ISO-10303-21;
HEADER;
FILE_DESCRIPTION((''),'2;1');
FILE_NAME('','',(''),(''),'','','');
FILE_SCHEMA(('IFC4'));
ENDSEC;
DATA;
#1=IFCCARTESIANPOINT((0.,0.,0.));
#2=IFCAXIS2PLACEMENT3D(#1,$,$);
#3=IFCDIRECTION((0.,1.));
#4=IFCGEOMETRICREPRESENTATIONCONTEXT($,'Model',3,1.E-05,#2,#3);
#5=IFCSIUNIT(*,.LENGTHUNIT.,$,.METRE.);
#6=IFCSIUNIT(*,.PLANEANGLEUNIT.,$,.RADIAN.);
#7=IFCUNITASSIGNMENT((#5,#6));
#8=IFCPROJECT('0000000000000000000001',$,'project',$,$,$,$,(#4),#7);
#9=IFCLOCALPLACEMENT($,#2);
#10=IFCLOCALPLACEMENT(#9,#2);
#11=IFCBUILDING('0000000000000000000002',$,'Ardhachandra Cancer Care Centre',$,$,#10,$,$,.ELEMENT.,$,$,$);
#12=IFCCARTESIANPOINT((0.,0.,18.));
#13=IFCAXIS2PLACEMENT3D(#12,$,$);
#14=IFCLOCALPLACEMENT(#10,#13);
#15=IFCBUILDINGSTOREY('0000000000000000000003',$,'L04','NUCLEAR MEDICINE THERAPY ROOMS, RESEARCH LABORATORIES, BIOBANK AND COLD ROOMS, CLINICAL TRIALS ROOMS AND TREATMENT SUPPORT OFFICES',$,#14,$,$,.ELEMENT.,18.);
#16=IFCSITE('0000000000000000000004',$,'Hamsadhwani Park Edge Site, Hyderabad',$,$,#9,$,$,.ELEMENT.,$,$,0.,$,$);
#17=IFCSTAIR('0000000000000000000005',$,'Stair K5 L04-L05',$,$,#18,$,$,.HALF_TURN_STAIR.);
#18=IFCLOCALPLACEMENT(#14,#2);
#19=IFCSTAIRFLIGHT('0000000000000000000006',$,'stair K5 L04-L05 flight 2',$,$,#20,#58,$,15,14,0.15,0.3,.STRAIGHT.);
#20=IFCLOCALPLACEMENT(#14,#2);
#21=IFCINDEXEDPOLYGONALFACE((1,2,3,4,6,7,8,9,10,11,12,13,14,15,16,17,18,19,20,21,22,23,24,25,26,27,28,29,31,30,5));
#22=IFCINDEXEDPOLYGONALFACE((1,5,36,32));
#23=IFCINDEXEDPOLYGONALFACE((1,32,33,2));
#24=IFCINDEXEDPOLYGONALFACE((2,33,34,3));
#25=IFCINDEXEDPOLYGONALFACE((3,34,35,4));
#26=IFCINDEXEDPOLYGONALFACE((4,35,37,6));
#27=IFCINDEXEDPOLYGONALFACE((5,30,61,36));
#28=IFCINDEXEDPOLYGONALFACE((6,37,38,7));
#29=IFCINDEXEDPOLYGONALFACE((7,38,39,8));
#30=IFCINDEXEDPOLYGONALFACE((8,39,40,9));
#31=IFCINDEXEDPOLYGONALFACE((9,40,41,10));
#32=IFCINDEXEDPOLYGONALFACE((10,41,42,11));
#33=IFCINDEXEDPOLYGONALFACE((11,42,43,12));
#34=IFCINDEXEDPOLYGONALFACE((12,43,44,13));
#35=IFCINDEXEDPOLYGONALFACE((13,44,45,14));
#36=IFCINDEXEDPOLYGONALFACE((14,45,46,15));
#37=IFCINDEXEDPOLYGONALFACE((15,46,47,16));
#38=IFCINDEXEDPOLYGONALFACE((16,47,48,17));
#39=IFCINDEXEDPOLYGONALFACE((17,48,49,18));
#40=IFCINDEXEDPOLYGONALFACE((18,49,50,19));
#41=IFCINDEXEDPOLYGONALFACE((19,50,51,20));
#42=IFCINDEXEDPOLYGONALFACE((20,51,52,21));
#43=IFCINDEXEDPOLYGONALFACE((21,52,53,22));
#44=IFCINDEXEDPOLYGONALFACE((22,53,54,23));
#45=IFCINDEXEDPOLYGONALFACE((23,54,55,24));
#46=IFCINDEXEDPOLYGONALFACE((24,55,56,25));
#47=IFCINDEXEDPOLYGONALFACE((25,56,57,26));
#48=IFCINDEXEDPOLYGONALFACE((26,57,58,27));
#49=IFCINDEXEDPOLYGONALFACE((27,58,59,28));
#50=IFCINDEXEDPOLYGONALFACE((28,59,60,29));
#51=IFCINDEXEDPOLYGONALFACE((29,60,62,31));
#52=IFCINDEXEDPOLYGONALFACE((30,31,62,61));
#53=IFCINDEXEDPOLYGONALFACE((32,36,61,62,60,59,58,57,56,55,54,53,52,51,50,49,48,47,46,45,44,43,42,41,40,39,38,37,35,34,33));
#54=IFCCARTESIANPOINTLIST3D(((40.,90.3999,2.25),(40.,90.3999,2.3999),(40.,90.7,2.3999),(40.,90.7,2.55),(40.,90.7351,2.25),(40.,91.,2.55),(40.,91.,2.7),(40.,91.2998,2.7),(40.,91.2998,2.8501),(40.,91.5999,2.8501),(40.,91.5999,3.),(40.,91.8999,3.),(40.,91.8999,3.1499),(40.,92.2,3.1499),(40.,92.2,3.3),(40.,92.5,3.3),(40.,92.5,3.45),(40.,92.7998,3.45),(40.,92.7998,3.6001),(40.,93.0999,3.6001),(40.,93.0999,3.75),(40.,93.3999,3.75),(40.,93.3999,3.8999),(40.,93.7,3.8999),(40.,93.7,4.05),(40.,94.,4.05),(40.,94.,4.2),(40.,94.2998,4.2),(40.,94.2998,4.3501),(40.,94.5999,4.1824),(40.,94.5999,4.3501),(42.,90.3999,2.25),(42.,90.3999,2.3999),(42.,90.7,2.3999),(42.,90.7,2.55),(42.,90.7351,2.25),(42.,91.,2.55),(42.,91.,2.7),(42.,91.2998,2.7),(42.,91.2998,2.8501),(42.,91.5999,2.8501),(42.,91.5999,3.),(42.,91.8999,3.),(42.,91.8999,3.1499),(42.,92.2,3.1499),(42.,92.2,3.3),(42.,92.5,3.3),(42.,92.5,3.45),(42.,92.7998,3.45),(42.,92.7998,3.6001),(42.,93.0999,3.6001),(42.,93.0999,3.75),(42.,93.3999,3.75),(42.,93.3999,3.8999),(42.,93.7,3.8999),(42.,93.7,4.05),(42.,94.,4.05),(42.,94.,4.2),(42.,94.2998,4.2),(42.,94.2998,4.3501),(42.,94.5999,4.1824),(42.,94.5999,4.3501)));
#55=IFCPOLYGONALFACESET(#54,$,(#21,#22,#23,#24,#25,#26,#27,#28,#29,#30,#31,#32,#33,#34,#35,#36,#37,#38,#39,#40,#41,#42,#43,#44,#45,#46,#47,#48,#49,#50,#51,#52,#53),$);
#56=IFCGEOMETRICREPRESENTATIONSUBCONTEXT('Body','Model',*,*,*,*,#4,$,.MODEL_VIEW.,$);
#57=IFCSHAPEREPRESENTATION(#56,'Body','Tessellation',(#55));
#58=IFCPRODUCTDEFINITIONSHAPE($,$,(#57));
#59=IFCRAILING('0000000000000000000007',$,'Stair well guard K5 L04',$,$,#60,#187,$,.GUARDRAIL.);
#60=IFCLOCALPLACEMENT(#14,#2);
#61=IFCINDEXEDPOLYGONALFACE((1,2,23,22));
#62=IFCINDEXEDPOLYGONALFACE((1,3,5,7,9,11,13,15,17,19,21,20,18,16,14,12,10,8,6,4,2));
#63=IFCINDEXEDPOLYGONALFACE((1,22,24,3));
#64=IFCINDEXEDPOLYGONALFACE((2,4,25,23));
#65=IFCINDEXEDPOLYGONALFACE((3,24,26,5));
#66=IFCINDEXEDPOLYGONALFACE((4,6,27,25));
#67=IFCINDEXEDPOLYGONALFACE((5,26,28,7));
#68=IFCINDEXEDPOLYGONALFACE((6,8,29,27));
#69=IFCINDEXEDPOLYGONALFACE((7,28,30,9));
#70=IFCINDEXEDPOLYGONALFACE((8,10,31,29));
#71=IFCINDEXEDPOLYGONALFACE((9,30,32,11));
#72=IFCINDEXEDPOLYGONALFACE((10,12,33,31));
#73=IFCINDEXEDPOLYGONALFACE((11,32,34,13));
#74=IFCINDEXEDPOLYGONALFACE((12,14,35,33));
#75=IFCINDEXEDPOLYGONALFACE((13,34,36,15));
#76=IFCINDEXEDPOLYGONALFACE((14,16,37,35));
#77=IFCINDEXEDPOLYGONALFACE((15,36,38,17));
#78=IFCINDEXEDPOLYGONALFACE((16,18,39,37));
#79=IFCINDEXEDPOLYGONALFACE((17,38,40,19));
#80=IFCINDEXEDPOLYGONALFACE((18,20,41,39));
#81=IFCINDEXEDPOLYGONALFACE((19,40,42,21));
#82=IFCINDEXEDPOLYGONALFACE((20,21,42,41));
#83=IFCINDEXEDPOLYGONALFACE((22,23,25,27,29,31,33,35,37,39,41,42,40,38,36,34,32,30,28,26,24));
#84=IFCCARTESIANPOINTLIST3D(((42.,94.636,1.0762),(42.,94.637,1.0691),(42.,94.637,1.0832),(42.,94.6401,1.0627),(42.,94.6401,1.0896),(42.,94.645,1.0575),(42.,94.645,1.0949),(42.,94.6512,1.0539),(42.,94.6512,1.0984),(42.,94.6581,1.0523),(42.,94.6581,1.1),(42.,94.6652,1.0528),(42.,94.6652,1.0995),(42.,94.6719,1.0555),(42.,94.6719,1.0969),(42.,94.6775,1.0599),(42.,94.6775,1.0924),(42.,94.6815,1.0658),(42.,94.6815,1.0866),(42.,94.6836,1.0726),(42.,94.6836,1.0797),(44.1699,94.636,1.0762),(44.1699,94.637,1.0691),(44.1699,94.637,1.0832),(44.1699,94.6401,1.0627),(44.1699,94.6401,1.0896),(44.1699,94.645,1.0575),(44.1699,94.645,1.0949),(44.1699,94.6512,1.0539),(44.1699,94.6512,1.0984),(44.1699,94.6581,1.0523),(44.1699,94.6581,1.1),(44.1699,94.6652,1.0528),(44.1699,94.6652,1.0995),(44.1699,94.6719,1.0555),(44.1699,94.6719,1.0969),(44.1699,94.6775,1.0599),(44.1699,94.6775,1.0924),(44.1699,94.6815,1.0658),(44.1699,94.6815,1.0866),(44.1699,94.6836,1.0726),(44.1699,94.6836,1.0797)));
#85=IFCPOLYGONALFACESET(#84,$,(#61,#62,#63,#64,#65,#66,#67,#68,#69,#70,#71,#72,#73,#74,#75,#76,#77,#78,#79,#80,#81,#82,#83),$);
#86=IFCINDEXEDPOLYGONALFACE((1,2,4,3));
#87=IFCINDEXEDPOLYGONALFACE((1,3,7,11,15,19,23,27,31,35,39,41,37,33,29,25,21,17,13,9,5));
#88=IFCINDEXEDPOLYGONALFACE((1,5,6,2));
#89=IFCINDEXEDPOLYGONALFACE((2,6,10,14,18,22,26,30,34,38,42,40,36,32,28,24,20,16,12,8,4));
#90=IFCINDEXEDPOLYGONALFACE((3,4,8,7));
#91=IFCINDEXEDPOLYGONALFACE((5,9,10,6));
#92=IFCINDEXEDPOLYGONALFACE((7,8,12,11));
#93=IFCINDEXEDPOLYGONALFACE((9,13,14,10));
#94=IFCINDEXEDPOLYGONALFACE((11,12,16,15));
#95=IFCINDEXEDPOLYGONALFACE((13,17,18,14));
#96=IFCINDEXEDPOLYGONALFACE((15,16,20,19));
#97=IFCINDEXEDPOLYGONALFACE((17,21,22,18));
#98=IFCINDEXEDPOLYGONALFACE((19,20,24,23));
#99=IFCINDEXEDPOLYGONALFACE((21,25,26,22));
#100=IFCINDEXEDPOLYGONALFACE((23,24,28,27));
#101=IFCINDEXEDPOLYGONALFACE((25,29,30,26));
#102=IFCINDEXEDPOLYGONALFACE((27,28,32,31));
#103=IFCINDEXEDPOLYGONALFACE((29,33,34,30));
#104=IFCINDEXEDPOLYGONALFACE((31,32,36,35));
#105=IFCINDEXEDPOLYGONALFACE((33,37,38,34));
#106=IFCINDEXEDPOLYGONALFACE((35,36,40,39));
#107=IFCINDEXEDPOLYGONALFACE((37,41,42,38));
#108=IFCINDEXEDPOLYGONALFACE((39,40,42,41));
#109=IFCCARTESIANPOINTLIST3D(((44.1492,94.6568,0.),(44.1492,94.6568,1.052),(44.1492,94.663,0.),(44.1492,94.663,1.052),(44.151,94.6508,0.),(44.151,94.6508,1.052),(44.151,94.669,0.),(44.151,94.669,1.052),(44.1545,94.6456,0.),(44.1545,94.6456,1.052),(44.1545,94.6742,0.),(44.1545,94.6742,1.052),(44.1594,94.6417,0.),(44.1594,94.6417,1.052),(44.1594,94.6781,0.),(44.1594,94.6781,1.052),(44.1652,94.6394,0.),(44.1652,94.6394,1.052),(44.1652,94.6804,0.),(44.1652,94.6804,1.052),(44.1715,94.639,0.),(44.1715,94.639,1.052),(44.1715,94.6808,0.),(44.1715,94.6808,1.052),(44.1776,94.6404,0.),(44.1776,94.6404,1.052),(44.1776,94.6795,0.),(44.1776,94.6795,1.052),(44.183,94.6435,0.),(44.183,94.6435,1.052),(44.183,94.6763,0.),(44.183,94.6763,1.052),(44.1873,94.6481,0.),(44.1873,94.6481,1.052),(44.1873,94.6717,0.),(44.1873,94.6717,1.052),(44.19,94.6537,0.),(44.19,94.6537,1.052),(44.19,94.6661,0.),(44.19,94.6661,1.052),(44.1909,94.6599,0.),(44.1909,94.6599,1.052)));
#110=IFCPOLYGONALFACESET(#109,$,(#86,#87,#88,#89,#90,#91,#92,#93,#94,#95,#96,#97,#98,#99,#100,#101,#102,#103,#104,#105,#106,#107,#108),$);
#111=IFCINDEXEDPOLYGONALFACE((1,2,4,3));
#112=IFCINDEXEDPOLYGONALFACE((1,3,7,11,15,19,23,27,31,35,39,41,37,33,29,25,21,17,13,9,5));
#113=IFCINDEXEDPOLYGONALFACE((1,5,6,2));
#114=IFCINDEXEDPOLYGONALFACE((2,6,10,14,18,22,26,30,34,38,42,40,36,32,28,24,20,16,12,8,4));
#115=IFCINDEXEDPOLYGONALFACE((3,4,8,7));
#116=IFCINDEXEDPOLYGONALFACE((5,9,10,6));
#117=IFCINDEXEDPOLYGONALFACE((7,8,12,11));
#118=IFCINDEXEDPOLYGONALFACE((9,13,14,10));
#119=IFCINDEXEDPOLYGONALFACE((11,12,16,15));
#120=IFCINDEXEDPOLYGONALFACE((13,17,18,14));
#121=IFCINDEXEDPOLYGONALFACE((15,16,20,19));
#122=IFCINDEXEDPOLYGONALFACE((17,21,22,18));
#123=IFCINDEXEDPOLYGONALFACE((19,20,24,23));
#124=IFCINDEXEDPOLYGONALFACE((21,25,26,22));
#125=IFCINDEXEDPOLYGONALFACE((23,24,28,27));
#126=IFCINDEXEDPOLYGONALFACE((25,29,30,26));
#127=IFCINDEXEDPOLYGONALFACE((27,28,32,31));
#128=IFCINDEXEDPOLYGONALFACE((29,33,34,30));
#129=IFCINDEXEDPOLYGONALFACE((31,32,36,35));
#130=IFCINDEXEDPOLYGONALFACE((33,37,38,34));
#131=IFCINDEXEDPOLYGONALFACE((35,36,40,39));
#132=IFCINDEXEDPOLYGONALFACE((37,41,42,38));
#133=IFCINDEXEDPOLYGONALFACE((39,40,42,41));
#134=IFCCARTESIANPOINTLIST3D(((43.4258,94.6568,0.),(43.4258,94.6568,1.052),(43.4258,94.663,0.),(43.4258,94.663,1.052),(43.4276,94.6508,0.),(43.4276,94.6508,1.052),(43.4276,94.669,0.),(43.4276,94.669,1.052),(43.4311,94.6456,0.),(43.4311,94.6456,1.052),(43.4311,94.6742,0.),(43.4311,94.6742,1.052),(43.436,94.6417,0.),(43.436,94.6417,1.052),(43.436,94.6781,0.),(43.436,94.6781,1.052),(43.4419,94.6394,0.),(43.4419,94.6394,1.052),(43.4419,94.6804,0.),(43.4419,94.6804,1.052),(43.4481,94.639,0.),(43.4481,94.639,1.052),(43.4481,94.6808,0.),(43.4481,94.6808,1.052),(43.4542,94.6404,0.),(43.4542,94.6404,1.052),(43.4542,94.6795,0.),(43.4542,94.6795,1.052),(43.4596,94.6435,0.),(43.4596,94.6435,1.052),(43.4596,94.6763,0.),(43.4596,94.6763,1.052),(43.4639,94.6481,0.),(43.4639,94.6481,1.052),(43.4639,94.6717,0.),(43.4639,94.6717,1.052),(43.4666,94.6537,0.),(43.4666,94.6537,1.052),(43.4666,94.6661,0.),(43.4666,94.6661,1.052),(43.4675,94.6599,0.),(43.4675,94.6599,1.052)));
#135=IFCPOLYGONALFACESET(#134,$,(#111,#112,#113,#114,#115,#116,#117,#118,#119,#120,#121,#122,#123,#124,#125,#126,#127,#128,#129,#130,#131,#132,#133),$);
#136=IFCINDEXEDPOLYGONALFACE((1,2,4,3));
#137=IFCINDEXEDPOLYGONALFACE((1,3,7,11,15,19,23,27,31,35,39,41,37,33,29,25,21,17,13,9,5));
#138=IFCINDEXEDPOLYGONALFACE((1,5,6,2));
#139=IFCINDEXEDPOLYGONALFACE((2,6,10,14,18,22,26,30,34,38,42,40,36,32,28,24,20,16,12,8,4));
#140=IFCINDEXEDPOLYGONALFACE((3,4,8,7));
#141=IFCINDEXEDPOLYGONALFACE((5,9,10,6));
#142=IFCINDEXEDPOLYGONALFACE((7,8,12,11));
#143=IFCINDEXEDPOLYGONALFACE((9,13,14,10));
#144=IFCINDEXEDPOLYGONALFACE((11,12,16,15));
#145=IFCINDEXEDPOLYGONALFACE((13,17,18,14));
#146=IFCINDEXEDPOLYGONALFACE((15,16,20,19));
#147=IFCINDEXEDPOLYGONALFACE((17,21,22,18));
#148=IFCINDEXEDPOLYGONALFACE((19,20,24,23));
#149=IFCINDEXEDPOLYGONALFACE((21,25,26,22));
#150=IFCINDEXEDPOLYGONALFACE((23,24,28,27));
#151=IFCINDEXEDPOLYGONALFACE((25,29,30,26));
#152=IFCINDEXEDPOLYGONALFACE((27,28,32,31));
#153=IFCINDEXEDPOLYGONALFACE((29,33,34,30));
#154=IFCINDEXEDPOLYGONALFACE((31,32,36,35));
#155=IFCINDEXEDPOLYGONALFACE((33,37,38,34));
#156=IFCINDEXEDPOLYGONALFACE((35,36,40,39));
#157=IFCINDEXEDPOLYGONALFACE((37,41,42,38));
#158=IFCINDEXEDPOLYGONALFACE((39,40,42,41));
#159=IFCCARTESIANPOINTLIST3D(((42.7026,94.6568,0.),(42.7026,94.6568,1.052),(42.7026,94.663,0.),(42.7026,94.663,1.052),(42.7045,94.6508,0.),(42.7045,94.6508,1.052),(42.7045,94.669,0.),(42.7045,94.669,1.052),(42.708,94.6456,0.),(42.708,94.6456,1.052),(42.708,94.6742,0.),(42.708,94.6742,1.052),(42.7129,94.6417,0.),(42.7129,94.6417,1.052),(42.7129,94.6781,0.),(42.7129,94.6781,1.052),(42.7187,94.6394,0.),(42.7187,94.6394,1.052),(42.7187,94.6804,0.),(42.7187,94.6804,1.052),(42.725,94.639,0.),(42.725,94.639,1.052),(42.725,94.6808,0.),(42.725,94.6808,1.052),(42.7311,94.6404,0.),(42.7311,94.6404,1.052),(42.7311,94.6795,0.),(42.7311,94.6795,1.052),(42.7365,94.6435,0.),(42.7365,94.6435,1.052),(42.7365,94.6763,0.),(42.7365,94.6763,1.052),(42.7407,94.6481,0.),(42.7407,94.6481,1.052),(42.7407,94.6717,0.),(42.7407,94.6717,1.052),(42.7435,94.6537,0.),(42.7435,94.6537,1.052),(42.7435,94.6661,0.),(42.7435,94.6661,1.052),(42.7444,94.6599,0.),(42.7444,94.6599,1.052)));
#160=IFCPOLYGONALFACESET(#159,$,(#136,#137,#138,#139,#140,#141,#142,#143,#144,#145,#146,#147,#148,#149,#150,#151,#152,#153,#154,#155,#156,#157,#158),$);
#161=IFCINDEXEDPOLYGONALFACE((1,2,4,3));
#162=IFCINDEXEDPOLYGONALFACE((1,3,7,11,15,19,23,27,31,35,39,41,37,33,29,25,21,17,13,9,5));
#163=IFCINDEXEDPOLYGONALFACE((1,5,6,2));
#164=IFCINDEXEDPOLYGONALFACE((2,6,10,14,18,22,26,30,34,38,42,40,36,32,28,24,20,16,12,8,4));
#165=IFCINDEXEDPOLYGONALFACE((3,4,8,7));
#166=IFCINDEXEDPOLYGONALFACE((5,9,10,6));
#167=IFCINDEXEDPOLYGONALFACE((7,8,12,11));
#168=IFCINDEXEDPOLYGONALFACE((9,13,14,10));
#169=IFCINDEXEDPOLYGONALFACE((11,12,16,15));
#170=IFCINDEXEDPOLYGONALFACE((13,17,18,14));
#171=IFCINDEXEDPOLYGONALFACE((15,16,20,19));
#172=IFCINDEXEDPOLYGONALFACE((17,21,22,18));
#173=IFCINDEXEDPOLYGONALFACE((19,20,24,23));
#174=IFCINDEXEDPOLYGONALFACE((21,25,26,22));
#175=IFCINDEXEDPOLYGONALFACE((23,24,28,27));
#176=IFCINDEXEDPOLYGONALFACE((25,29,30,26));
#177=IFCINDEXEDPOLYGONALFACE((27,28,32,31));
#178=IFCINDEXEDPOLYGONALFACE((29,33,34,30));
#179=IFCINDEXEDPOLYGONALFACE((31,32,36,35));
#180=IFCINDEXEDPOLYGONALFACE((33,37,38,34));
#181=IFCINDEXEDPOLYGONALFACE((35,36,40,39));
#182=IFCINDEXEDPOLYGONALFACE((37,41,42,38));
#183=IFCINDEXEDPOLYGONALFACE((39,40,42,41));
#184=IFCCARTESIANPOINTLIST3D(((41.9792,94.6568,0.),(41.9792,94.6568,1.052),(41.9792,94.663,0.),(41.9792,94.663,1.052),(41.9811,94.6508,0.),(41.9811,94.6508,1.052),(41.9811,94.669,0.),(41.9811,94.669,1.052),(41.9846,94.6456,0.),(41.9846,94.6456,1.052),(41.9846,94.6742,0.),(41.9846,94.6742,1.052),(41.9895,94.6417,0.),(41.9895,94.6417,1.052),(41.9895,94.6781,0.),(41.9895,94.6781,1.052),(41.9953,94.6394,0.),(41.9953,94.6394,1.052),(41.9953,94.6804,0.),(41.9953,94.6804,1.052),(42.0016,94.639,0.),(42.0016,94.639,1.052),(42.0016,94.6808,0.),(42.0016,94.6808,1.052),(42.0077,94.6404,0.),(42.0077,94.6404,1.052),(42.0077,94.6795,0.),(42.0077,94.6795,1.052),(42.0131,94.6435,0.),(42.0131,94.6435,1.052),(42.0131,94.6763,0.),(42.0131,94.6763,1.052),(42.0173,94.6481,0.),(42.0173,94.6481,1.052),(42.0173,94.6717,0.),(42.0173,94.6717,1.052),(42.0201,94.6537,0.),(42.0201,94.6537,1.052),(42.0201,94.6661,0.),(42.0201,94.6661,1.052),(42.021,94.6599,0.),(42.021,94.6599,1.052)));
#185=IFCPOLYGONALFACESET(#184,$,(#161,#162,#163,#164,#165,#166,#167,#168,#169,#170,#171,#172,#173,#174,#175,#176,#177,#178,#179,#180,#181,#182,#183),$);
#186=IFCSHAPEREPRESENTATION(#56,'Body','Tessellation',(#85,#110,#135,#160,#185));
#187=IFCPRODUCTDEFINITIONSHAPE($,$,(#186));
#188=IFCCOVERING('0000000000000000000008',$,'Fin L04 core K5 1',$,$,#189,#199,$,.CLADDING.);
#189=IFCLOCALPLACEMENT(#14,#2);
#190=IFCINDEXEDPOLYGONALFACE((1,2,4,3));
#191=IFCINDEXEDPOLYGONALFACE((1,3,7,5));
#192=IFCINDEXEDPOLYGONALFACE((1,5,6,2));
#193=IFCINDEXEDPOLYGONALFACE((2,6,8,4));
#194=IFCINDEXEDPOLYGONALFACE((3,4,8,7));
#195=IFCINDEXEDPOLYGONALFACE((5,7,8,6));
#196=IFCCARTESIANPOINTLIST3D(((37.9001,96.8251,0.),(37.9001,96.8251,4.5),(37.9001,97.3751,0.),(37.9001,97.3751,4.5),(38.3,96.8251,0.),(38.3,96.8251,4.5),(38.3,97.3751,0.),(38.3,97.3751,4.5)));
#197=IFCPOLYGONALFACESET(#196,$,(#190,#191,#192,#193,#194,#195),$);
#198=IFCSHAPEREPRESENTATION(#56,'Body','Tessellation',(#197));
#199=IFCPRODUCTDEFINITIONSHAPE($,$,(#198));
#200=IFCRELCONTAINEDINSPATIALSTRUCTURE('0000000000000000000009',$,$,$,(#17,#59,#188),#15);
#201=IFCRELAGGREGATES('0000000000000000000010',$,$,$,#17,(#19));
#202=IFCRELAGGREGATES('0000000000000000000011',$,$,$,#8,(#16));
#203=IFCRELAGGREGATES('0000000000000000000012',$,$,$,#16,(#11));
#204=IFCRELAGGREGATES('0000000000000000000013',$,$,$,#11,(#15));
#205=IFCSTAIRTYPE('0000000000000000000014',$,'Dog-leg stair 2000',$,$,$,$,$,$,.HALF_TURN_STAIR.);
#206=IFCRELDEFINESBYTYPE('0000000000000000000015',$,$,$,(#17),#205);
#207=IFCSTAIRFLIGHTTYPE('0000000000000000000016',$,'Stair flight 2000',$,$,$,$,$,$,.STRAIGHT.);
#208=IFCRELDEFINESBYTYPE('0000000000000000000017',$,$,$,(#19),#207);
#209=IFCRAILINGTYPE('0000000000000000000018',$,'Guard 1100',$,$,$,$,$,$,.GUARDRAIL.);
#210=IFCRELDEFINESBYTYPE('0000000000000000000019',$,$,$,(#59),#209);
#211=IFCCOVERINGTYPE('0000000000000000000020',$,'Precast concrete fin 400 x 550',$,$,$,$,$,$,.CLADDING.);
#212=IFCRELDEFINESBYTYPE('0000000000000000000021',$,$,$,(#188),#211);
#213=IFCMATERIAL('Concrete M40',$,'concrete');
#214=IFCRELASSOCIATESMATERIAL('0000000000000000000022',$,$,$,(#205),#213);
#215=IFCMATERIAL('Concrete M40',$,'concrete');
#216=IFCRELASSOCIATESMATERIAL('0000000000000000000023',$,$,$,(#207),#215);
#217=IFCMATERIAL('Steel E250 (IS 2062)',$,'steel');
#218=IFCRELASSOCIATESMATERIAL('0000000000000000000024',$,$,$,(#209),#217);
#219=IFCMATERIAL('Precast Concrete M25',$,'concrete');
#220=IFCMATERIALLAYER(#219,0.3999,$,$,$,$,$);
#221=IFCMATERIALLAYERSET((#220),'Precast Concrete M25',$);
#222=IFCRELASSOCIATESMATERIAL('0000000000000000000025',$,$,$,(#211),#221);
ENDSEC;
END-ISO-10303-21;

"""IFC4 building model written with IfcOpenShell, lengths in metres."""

from ifc_helpers import new_model, si_unit, direction, frame, origin, origin_2d, place, context, subcontext, project, spatial, polyline, rectangle, circle, outline, extrude, material, layer, layer_set, type_object, element, aggregate, save


model = new_model("IFC4")

# Units and contexts
model_context = context("Model", 3, precision=1e-05, world=origin(), true_north=direction((0.0, 1.0)))
body_context = subcontext(model_context, "Body", "Model", "MODEL_VIEW")
ifc_project = project(units=[si_unit("LENGTHUNIT", "METRE"), si_unit("PLANEANGLEUNIT", "RADIAN")], contexts=[model_context])

# Site, building, storey
site_placement = place(None, origin())
site = spatial("IfcSite", under=ifc_project, at=site_placement, Name="Hamsadhwani Park Edge Site, Hyderabad", CompositionType="ELEMENT", RefElevation=0.0)
building_placement = place(site_placement, origin())
building = spatial("IfcBuilding", under=site, at=building_placement, Name="Ardhachandra Cancer Care Centre", CompositionType="ELEMENT")
storey_placement = place(building_placement, frame((0.0, 0.0, 18.0)))
storey = spatial("IfcBuildingStorey", under=building, at=storey_placement, Name="L04", Description="NUCLEAR MEDICINE THERAPY ROOMS, RESEARCH LABORATORIES, BIOBANK AND COLD ROOMS, CLINICAL TRIALS ROOMS AND TREATMENT SUPPORT OFFICES", CompositionType="ELEMENT", Elevation=18.0)

# Stair, stair flight
ifc_material_1 = material(Name="Concrete M40", Category="concrete")
stair_type = type_object("IfcStairType", Name="Dog-leg stair 2000", PredefinedType="HALF_TURN_STAIR", material=ifc_material_1)
stair_placement = place(storey_placement, origin())
stair = element("IfcStair", 1, at=stair_placement, inside=storey, type_object=stair_type, Name="Stair K5 L04-L05", PredefinedType="HALF_TURN_STAIR")
ifc_material_2 = material(Name="Concrete M40", Category="concrete")
stair_flight_type = type_object("IfcStairFlightType", Name="Stair flight 2000", PredefinedType="STRAIGHT", material=ifc_material_2)
stair_flight_1_placement = place(storey_placement, frame((41.0, 90.3999, 2.25), z_axis=(0.0, 0.0, 1.0), x_axis=(0.0, 1.0, 0.0)))
stair_flight_1 = element("IfcStairFlight", 2, at=stair_flight_1_placement, type_object=stair_flight_type, Name="stair K5 L04-L05 flight 2", NumberOfRisers=15, NumberOfTreads=14, PredefinedType="STRAIGHT", RiserHeight=0.15, TreadLength=0.3, context=body_context, shape_type="SweptSolid", body=[
    extrude(outline(polyline([(0.0, 0.0), (0.0, 0.1499), (0.3, 0.1499), (0.3, 0.3), (0.6001, 0.3), (0.6001, 0.45), (0.8999, 0.45), (0.8999, 0.6001), (1.2, 0.6001), (1.2, 0.75), (1.5, 0.75), (1.5, 0.8999), (1.8, 0.8999), (1.8, 1.05), (2.1001, 1.05), (2.1001, 1.2), (2.3999, 1.2), (2.3999, 1.3501), (2.7, 1.3501), (2.7, 1.5), (3.0, 1.5), (3.0, 1.6499), (3.3, 1.6499), (3.3, 1.8), (3.6001, 1.8), (3.6001, 1.95), (3.8999, 1.95), (3.8999, 2.1001), (4.2, 2.1001), (4.2, 2.25), (4.2, 1.9324), (0.3352, 0.0), (0.0, 0.0)])), frame((0.0, 1.0, 0.0), z_axis=(0.0, -1.0, 0.0), x_axis=(1.0, 0.0, 0.0)), (0.0, 0.0, 1.0), 2.0),
])
aggregate(stair, [stair_flight_1])

# Railing
ifc_material_3 = material(Name="Steel E250 (IS 2062)", Category="steel")
railing_type_1 = type_object("IfcRailingType", Name="Guard 1100", PredefinedType="GUARDRAIL", material=ifc_material_3)
railing_1_placement = place(storey_placement, frame((44.1699, 94.6599, 0.0)))
element("IfcRailing", 3, at=railing_1_placement, inside=storey, type_object=railing_type_1, Name="Stair well guard K5 L04", PredefinedType="GUARDRAIL", context=body_context, shape_type="SweptSolid", body=[
    extrude(circle(Radius=0.0239, at=origin_2d()), frame((0.0, 0.0, 1.0762), z_axis=(-1.0, 0.0, 0.0), x_axis=(0.0, -1.0, 0.0)), (0.0, 0.0, 1.0), 2.1699),
    extrude(circle(Radius=0.021, at=origin_2d()), origin(), (0.0, 0.0, 1.0), 1.052),
    extrude(circle(Radius=0.021, at=origin_2d()), frame((-0.7234, 0.0, 0.0)), (0.0, 0.0, 1.0), 1.052),
    extrude(circle(Radius=0.021, at=origin_2d()), frame((-1.4465, 0.0, 0.0)), (0.0, 0.0, 1.0), 1.052),
    extrude(circle(Radius=0.021, at=origin_2d()), frame((-2.1699, 0.0, 0.0)), (0.0, 0.0, 1.0), 1.052),
])

# Covering
ifc_material_4 = material(Name="Precast Concrete M25", Category="concrete")
ifc_layer_1 = layer(ifc_material_4, 0.3999)
ifc_layer_set_1 = layer_set([ifc_layer_1], Name="Precast Concrete M25")
covering_type = type_object("IfcCoveringType", Name="Precast concrete fin 400 x 550", PredefinedType="CLADDING", material=ifc_layer_set_1)
for number, where, z_axis, x_axis, name in (
    (4, (38.1001, 97.1001, 0.0), (0.0, 0.0, 1.0), (1.0, 0.0, 0.0), "Fin L04 core K5 1"),
):
    element("IfcCovering", number, at=place(storey_placement, frame(where, z_axis=z_axis, x_axis=x_axis)), inside=storey, type_object=covering_type, Name=name, PredefinedType="CLADDING", context=body_context, shape_type="SweptSolid", body=[
        extrude(rectangle(XDim=0.3999, YDim=0.55, at=origin_2d()), origin(), (0.0, 0.0, 1.0), 4.5),
    ])

save(model, "model.ifc")
